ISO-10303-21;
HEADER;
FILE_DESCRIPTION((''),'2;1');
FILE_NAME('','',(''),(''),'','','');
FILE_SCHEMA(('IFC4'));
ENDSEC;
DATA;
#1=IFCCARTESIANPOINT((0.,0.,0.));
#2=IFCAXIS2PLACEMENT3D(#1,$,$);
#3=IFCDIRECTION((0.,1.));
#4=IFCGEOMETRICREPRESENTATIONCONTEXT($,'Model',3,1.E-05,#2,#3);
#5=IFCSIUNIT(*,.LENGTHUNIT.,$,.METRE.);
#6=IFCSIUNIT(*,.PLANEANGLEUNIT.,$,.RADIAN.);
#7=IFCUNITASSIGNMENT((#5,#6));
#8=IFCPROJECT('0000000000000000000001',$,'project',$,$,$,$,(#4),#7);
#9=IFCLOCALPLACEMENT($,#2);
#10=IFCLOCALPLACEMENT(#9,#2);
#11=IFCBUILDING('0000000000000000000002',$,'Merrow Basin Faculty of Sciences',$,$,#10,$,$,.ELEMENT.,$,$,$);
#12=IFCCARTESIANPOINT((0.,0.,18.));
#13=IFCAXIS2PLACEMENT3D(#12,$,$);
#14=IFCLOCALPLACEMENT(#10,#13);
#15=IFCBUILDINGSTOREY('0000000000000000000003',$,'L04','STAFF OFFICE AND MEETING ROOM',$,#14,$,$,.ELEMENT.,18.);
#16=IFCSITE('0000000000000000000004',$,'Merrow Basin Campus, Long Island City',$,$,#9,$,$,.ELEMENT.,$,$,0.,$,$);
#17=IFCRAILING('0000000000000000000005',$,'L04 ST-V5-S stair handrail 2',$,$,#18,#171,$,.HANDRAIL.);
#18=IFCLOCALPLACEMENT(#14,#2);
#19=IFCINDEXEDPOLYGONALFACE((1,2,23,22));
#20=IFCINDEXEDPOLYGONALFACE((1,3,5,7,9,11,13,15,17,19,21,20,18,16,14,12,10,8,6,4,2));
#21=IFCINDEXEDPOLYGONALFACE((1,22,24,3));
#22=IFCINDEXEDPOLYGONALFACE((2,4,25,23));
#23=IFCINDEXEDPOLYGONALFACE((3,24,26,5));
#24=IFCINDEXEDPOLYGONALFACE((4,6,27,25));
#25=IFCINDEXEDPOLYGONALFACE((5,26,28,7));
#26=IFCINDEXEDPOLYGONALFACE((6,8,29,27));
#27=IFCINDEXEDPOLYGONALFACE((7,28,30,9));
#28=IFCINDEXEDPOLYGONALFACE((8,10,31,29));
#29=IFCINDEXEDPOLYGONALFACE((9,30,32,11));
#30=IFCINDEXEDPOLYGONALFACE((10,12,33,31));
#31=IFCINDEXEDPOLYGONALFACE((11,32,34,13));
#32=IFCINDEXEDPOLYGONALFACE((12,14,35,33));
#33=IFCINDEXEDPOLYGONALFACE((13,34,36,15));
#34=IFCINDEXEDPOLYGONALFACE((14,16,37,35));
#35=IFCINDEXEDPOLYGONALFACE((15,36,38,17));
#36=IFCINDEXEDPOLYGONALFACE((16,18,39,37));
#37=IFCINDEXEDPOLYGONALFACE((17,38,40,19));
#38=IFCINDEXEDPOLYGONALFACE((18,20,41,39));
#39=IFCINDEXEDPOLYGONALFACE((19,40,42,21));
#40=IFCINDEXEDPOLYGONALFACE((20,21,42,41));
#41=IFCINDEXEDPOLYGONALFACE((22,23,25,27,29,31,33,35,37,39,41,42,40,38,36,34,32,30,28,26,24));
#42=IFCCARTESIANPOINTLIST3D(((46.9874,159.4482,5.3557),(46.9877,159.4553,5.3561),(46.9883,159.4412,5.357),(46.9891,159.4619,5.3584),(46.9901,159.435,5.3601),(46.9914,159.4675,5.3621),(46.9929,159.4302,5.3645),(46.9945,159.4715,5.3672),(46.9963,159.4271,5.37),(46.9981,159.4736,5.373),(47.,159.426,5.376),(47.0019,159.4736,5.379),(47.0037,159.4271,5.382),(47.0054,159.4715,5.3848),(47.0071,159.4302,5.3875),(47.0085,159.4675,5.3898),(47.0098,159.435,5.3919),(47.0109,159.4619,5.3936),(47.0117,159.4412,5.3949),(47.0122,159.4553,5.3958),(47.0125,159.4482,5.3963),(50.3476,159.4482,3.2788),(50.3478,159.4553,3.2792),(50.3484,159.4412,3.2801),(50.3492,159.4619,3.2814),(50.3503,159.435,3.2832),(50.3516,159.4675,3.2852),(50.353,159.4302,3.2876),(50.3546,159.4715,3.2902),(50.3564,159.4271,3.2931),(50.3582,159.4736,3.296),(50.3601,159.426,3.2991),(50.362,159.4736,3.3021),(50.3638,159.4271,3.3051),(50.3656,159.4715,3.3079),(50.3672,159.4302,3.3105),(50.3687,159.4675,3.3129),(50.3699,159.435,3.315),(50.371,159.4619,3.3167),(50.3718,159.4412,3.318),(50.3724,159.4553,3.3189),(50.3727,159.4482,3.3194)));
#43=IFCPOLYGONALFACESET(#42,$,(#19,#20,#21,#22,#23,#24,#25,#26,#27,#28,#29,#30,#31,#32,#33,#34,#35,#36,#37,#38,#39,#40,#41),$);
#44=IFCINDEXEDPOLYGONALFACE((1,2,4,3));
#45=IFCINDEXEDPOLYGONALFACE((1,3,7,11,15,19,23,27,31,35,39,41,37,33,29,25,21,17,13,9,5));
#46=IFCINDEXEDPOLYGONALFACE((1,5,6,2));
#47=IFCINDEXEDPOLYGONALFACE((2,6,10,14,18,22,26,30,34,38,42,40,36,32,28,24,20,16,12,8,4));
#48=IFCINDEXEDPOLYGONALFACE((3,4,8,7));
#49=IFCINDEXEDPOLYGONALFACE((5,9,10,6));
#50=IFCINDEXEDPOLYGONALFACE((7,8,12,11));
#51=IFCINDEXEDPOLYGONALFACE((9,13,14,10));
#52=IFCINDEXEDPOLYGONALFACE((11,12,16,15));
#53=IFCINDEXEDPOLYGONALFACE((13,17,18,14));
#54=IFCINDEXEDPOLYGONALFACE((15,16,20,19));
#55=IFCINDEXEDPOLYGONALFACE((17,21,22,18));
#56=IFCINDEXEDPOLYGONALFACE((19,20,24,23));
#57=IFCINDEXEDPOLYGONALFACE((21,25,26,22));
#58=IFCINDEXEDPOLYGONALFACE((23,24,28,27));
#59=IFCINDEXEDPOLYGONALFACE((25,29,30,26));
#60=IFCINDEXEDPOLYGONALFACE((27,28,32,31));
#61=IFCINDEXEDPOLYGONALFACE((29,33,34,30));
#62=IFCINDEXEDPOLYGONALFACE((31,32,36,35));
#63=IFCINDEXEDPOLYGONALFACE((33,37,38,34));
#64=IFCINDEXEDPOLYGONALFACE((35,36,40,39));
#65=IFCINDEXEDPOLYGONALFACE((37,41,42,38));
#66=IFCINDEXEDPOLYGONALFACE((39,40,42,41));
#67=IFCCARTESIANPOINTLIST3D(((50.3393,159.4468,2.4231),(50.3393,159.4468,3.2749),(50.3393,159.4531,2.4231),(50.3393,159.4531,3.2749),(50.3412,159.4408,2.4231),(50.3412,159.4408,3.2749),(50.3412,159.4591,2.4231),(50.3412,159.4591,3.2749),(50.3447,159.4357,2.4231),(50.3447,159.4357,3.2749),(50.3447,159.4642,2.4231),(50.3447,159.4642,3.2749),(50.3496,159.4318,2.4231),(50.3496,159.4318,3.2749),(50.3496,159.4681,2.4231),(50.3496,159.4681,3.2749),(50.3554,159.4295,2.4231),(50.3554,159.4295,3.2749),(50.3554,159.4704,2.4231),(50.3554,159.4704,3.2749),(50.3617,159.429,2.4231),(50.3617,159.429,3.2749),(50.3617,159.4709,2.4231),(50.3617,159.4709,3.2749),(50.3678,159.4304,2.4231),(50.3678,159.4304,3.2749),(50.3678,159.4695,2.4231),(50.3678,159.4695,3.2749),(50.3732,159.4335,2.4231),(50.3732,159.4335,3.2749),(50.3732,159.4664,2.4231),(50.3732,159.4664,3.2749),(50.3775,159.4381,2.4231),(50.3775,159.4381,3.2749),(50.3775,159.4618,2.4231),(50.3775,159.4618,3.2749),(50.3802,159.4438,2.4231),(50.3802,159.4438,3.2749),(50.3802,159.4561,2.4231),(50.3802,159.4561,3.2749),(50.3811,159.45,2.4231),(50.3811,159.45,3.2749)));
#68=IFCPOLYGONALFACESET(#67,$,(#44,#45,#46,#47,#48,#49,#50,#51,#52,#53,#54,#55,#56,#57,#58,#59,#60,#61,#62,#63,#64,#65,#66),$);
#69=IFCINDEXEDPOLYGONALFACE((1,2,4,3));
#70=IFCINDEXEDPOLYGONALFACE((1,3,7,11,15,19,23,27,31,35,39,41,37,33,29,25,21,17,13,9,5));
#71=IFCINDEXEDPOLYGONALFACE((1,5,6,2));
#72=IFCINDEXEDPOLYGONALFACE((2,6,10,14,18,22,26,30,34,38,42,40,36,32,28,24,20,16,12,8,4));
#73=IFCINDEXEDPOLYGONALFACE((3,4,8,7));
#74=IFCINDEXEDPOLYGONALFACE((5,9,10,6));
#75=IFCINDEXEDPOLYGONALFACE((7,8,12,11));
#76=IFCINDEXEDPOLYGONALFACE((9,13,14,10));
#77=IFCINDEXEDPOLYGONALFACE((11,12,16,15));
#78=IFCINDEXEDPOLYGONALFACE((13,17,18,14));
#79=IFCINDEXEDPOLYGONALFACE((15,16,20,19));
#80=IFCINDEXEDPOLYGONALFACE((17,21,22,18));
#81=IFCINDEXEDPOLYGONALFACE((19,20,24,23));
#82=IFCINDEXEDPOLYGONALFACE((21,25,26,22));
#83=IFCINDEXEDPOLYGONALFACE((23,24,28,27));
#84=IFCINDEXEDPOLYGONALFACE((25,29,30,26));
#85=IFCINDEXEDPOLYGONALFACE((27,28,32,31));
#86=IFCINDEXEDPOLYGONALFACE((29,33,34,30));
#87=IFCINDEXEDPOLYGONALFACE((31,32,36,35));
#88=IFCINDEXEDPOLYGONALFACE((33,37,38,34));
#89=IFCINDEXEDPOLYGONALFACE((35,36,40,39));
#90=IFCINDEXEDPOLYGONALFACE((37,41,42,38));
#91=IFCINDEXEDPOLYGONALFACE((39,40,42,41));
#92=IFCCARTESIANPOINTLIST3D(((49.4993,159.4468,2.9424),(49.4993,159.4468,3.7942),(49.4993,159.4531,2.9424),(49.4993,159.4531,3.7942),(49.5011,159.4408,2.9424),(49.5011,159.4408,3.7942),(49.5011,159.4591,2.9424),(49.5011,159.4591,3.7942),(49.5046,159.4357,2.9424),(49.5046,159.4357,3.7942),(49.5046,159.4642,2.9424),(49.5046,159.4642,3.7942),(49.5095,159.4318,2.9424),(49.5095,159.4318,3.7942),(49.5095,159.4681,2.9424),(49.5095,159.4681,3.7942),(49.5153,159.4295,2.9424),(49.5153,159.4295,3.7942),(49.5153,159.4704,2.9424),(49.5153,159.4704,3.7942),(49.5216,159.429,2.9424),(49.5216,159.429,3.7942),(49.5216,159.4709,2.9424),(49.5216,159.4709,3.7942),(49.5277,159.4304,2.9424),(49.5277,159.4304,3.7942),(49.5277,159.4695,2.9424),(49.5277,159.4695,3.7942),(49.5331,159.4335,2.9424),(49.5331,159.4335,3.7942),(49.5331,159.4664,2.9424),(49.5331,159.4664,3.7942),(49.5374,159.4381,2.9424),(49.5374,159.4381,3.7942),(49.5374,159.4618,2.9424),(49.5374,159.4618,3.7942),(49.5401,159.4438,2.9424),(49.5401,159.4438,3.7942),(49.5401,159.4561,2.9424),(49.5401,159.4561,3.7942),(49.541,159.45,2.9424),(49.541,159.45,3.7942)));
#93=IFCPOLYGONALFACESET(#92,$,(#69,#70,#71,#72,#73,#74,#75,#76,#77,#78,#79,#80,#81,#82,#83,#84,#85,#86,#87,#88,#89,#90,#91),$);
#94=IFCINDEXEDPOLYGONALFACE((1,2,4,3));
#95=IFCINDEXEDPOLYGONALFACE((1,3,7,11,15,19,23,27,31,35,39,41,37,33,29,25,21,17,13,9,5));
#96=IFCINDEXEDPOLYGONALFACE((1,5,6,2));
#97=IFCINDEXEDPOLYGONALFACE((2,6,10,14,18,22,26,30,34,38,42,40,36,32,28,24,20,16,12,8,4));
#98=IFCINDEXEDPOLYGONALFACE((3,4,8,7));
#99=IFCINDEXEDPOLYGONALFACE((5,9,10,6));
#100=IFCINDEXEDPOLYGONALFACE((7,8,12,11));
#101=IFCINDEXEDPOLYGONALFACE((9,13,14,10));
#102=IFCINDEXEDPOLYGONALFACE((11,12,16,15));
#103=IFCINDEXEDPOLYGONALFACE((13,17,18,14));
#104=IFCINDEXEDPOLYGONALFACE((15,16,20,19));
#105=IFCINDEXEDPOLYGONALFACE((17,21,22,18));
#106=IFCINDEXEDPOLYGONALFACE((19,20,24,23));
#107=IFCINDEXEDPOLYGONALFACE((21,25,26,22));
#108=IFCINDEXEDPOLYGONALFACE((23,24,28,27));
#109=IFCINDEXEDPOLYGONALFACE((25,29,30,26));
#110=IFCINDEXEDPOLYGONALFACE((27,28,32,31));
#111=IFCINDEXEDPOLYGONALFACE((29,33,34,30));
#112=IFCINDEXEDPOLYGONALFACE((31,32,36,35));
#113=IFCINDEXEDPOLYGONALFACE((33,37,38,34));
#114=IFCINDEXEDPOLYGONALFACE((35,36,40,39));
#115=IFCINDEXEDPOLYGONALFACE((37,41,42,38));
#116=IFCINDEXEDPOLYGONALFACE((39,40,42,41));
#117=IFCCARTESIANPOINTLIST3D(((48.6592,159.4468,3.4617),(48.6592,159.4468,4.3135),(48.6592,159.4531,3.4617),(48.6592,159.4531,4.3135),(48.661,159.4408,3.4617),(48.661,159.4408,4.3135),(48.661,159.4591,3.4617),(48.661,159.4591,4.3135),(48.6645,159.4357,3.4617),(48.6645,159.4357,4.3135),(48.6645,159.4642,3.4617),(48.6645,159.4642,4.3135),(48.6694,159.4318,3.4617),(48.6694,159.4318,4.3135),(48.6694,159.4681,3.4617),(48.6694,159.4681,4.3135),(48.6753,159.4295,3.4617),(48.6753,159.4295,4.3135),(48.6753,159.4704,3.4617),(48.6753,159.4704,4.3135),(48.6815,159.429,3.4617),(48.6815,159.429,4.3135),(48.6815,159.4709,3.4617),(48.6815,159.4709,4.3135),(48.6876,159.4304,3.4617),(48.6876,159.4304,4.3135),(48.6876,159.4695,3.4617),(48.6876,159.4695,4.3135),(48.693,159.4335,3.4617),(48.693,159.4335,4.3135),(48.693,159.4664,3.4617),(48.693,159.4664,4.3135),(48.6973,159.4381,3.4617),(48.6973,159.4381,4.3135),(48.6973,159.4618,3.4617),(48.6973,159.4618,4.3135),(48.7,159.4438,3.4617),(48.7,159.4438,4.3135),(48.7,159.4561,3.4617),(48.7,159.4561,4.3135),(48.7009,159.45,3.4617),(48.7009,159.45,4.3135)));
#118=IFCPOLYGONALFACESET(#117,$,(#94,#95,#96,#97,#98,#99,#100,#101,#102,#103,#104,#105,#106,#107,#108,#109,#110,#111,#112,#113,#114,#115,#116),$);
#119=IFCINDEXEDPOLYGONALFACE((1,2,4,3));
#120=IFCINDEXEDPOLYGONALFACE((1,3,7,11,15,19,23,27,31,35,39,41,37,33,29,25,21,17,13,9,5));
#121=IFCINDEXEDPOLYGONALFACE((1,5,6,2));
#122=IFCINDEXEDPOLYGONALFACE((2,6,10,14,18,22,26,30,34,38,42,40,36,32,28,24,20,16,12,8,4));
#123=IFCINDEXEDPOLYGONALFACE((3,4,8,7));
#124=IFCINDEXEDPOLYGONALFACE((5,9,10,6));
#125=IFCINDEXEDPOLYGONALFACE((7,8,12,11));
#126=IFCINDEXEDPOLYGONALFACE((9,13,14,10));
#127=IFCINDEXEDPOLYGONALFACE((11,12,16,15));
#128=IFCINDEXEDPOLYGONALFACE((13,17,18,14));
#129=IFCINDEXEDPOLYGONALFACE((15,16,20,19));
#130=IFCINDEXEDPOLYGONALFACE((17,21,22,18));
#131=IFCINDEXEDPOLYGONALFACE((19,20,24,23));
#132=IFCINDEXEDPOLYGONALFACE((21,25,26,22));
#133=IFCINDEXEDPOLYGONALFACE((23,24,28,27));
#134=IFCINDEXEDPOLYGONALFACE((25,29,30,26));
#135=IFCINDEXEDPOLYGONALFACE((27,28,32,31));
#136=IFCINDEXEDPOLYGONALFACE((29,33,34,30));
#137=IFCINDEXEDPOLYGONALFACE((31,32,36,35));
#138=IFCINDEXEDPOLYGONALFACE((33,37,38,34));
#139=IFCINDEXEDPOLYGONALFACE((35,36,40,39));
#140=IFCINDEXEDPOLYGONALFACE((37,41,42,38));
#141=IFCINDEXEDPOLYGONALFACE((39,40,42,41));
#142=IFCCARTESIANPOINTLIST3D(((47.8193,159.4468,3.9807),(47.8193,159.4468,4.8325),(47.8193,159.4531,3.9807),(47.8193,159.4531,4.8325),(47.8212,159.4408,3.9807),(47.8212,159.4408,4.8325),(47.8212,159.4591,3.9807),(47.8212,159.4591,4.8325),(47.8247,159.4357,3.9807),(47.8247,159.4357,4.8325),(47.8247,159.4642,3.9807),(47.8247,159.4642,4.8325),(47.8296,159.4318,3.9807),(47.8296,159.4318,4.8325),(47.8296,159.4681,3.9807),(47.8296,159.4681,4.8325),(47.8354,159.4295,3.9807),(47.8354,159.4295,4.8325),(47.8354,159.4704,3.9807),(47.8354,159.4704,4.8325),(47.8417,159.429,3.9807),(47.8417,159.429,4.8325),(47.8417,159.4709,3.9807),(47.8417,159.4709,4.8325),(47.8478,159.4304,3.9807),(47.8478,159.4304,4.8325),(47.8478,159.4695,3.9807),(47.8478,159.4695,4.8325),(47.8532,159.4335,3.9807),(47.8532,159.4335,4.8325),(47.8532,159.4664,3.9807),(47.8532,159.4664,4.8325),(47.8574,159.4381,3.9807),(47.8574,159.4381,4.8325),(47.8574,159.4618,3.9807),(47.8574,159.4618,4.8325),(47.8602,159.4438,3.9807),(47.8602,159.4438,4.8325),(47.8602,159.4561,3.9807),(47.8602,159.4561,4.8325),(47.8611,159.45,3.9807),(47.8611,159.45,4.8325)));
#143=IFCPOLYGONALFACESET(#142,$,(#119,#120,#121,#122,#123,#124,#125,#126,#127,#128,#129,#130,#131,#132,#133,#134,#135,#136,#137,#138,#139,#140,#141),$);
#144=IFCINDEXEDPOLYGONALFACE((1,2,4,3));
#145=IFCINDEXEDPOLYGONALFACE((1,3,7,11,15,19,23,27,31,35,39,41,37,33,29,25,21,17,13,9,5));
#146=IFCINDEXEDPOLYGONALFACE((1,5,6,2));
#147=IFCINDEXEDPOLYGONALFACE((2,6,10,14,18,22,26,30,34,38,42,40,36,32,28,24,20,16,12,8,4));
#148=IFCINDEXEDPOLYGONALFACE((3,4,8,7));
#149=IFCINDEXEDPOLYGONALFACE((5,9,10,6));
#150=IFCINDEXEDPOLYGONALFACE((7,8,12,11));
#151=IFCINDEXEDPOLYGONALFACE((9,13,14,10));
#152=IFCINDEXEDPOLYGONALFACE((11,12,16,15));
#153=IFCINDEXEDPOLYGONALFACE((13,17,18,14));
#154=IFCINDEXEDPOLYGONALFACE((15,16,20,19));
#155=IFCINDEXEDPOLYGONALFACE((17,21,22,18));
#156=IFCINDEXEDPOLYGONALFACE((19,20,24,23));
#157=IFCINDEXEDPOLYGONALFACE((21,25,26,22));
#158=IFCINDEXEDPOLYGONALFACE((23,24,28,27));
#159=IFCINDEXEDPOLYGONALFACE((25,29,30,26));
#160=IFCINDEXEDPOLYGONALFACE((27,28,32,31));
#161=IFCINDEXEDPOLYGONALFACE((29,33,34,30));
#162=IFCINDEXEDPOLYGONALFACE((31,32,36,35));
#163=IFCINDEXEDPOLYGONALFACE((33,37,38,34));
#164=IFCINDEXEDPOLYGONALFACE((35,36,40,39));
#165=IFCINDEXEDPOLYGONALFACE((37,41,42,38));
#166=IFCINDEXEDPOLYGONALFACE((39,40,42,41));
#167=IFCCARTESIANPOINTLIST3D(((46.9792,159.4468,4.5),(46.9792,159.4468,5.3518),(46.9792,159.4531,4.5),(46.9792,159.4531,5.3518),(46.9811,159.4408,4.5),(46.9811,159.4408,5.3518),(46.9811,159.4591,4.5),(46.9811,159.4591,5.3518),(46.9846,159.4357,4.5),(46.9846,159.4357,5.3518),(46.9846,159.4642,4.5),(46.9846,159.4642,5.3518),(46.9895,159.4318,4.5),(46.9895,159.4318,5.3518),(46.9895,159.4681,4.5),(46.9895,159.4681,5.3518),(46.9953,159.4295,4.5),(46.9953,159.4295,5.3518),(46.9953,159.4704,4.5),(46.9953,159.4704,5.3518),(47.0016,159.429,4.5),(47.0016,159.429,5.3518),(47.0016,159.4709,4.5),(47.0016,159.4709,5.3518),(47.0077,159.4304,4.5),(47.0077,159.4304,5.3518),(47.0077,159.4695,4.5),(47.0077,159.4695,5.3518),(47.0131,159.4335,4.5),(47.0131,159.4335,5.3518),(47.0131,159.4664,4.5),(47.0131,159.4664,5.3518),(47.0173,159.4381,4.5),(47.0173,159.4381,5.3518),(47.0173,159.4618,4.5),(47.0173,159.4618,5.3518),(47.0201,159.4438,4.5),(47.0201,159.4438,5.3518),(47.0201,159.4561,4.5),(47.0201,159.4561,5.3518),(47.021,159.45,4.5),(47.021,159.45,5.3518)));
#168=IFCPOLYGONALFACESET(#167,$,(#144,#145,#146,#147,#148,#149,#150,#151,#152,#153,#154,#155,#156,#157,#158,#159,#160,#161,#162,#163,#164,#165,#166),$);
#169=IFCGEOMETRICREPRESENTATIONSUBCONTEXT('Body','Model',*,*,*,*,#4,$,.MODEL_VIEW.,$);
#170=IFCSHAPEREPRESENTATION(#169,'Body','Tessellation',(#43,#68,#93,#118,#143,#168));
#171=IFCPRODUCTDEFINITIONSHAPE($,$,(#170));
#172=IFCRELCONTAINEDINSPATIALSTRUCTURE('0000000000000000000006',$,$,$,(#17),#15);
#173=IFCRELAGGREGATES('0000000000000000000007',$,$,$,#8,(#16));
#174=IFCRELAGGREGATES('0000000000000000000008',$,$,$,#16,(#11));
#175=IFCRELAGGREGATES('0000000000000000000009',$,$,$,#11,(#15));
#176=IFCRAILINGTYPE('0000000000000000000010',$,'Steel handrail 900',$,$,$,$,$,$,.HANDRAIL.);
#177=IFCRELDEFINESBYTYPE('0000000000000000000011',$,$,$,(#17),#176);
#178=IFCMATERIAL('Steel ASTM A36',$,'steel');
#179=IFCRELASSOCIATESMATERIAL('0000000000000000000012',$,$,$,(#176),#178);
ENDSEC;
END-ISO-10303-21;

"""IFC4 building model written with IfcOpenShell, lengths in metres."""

from ifc_helpers import new_model, si_unit, direction, frame, origin, origin_2d, place, context, subcontext, project, spatial, circle, extrude, material, type_object, element, save


model = new_model("IFC4")

# Units and contexts
model_context = context("Model", 3, precision=1e-05, world=origin(), true_north=direction((0.0, 1.0)))
body_context = subcontext(model_context, "Body", "Model", "MODEL_VIEW")
ifc_project = project(units=[si_unit("LENGTHUNIT", "METRE"), si_unit("PLANEANGLEUNIT", "RADIAN")], contexts=[model_context])

# Site, building, storey
site_placement = place(None, origin())
site = spatial("IfcSite", under=ifc_project, at=site_placement, Name="Merrow Basin Campus, Long Island City", CompositionType="ELEMENT", RefElevation=0.0)
building_placement = place(site_placement, origin())
building = spatial("IfcBuilding", under=site, at=building_placement, Name="Merrow Basin Faculty of Sciences", CompositionType="ELEMENT")
storey_placement = place(building_placement, frame((0.0, 0.0, 18.0)))
storey = spatial("IfcBuildingStorey", under=building, at=storey_placement, Name="L04", Description="STAFF OFFICE AND MEETING ROOM", CompositionType="ELEMENT", Elevation=18.0)

# Railing
ifc_material_1 = material(Name="Steel ASTM A36", Category="steel")
railing_type_1 = type_object("IfcRailingType", Name="Steel handrail 900", PredefinedType="HANDRAIL", material=ifc_material_1)
for number, where, name in (
    (1, (50.3601, 159.45, 2.4231), "L04 ST-V5-S stair handrail 2"),
):
    element("IfcRailing", number, at=place(storey_placement, frame(where)), inside=storey, type_object=railing_type_1, Name=name, PredefinedType="HANDRAIL", context=body_context, shape_type="SweptSolid", body=[
        extrude(circle(Radius=0.0239, at=origin_2d()), frame((0.0, 0.0, 0.876), z_axis=(-0.850623, 0.0, 0.525776), x_axis=(0.0, -1.0, 0.0)), (0.0, 0.0, 1.0), 3.9502),
        extrude(circle(Radius=0.021, at=origin_2d()), origin(), (0.0, 0.0, 1.0), 0.8518),
        extrude(circle(Radius=0.021, at=origin_2d()), frame((-0.8401, 0.0, 0.5193)), (0.0, 0.0, 1.0), 0.8518),
        extrude(circle(Radius=0.021, at=origin_2d()), frame((-1.6802, 0.0, 1.0386)), (0.0, 0.0, 1.0), 0.8518),
        extrude(circle(Radius=0.021, at=origin_2d()), frame((-2.52, 0.0, 1.5576)), (0.0, 0.0, 1.0), 0.8518),
        extrude(circle(Radius=0.021, at=origin_2d()), frame((-3.3601, 0.0, 2.0769)), (0.0, 0.0, 1.0), 0.8518),
    ])

save(model, "model.ifc")
